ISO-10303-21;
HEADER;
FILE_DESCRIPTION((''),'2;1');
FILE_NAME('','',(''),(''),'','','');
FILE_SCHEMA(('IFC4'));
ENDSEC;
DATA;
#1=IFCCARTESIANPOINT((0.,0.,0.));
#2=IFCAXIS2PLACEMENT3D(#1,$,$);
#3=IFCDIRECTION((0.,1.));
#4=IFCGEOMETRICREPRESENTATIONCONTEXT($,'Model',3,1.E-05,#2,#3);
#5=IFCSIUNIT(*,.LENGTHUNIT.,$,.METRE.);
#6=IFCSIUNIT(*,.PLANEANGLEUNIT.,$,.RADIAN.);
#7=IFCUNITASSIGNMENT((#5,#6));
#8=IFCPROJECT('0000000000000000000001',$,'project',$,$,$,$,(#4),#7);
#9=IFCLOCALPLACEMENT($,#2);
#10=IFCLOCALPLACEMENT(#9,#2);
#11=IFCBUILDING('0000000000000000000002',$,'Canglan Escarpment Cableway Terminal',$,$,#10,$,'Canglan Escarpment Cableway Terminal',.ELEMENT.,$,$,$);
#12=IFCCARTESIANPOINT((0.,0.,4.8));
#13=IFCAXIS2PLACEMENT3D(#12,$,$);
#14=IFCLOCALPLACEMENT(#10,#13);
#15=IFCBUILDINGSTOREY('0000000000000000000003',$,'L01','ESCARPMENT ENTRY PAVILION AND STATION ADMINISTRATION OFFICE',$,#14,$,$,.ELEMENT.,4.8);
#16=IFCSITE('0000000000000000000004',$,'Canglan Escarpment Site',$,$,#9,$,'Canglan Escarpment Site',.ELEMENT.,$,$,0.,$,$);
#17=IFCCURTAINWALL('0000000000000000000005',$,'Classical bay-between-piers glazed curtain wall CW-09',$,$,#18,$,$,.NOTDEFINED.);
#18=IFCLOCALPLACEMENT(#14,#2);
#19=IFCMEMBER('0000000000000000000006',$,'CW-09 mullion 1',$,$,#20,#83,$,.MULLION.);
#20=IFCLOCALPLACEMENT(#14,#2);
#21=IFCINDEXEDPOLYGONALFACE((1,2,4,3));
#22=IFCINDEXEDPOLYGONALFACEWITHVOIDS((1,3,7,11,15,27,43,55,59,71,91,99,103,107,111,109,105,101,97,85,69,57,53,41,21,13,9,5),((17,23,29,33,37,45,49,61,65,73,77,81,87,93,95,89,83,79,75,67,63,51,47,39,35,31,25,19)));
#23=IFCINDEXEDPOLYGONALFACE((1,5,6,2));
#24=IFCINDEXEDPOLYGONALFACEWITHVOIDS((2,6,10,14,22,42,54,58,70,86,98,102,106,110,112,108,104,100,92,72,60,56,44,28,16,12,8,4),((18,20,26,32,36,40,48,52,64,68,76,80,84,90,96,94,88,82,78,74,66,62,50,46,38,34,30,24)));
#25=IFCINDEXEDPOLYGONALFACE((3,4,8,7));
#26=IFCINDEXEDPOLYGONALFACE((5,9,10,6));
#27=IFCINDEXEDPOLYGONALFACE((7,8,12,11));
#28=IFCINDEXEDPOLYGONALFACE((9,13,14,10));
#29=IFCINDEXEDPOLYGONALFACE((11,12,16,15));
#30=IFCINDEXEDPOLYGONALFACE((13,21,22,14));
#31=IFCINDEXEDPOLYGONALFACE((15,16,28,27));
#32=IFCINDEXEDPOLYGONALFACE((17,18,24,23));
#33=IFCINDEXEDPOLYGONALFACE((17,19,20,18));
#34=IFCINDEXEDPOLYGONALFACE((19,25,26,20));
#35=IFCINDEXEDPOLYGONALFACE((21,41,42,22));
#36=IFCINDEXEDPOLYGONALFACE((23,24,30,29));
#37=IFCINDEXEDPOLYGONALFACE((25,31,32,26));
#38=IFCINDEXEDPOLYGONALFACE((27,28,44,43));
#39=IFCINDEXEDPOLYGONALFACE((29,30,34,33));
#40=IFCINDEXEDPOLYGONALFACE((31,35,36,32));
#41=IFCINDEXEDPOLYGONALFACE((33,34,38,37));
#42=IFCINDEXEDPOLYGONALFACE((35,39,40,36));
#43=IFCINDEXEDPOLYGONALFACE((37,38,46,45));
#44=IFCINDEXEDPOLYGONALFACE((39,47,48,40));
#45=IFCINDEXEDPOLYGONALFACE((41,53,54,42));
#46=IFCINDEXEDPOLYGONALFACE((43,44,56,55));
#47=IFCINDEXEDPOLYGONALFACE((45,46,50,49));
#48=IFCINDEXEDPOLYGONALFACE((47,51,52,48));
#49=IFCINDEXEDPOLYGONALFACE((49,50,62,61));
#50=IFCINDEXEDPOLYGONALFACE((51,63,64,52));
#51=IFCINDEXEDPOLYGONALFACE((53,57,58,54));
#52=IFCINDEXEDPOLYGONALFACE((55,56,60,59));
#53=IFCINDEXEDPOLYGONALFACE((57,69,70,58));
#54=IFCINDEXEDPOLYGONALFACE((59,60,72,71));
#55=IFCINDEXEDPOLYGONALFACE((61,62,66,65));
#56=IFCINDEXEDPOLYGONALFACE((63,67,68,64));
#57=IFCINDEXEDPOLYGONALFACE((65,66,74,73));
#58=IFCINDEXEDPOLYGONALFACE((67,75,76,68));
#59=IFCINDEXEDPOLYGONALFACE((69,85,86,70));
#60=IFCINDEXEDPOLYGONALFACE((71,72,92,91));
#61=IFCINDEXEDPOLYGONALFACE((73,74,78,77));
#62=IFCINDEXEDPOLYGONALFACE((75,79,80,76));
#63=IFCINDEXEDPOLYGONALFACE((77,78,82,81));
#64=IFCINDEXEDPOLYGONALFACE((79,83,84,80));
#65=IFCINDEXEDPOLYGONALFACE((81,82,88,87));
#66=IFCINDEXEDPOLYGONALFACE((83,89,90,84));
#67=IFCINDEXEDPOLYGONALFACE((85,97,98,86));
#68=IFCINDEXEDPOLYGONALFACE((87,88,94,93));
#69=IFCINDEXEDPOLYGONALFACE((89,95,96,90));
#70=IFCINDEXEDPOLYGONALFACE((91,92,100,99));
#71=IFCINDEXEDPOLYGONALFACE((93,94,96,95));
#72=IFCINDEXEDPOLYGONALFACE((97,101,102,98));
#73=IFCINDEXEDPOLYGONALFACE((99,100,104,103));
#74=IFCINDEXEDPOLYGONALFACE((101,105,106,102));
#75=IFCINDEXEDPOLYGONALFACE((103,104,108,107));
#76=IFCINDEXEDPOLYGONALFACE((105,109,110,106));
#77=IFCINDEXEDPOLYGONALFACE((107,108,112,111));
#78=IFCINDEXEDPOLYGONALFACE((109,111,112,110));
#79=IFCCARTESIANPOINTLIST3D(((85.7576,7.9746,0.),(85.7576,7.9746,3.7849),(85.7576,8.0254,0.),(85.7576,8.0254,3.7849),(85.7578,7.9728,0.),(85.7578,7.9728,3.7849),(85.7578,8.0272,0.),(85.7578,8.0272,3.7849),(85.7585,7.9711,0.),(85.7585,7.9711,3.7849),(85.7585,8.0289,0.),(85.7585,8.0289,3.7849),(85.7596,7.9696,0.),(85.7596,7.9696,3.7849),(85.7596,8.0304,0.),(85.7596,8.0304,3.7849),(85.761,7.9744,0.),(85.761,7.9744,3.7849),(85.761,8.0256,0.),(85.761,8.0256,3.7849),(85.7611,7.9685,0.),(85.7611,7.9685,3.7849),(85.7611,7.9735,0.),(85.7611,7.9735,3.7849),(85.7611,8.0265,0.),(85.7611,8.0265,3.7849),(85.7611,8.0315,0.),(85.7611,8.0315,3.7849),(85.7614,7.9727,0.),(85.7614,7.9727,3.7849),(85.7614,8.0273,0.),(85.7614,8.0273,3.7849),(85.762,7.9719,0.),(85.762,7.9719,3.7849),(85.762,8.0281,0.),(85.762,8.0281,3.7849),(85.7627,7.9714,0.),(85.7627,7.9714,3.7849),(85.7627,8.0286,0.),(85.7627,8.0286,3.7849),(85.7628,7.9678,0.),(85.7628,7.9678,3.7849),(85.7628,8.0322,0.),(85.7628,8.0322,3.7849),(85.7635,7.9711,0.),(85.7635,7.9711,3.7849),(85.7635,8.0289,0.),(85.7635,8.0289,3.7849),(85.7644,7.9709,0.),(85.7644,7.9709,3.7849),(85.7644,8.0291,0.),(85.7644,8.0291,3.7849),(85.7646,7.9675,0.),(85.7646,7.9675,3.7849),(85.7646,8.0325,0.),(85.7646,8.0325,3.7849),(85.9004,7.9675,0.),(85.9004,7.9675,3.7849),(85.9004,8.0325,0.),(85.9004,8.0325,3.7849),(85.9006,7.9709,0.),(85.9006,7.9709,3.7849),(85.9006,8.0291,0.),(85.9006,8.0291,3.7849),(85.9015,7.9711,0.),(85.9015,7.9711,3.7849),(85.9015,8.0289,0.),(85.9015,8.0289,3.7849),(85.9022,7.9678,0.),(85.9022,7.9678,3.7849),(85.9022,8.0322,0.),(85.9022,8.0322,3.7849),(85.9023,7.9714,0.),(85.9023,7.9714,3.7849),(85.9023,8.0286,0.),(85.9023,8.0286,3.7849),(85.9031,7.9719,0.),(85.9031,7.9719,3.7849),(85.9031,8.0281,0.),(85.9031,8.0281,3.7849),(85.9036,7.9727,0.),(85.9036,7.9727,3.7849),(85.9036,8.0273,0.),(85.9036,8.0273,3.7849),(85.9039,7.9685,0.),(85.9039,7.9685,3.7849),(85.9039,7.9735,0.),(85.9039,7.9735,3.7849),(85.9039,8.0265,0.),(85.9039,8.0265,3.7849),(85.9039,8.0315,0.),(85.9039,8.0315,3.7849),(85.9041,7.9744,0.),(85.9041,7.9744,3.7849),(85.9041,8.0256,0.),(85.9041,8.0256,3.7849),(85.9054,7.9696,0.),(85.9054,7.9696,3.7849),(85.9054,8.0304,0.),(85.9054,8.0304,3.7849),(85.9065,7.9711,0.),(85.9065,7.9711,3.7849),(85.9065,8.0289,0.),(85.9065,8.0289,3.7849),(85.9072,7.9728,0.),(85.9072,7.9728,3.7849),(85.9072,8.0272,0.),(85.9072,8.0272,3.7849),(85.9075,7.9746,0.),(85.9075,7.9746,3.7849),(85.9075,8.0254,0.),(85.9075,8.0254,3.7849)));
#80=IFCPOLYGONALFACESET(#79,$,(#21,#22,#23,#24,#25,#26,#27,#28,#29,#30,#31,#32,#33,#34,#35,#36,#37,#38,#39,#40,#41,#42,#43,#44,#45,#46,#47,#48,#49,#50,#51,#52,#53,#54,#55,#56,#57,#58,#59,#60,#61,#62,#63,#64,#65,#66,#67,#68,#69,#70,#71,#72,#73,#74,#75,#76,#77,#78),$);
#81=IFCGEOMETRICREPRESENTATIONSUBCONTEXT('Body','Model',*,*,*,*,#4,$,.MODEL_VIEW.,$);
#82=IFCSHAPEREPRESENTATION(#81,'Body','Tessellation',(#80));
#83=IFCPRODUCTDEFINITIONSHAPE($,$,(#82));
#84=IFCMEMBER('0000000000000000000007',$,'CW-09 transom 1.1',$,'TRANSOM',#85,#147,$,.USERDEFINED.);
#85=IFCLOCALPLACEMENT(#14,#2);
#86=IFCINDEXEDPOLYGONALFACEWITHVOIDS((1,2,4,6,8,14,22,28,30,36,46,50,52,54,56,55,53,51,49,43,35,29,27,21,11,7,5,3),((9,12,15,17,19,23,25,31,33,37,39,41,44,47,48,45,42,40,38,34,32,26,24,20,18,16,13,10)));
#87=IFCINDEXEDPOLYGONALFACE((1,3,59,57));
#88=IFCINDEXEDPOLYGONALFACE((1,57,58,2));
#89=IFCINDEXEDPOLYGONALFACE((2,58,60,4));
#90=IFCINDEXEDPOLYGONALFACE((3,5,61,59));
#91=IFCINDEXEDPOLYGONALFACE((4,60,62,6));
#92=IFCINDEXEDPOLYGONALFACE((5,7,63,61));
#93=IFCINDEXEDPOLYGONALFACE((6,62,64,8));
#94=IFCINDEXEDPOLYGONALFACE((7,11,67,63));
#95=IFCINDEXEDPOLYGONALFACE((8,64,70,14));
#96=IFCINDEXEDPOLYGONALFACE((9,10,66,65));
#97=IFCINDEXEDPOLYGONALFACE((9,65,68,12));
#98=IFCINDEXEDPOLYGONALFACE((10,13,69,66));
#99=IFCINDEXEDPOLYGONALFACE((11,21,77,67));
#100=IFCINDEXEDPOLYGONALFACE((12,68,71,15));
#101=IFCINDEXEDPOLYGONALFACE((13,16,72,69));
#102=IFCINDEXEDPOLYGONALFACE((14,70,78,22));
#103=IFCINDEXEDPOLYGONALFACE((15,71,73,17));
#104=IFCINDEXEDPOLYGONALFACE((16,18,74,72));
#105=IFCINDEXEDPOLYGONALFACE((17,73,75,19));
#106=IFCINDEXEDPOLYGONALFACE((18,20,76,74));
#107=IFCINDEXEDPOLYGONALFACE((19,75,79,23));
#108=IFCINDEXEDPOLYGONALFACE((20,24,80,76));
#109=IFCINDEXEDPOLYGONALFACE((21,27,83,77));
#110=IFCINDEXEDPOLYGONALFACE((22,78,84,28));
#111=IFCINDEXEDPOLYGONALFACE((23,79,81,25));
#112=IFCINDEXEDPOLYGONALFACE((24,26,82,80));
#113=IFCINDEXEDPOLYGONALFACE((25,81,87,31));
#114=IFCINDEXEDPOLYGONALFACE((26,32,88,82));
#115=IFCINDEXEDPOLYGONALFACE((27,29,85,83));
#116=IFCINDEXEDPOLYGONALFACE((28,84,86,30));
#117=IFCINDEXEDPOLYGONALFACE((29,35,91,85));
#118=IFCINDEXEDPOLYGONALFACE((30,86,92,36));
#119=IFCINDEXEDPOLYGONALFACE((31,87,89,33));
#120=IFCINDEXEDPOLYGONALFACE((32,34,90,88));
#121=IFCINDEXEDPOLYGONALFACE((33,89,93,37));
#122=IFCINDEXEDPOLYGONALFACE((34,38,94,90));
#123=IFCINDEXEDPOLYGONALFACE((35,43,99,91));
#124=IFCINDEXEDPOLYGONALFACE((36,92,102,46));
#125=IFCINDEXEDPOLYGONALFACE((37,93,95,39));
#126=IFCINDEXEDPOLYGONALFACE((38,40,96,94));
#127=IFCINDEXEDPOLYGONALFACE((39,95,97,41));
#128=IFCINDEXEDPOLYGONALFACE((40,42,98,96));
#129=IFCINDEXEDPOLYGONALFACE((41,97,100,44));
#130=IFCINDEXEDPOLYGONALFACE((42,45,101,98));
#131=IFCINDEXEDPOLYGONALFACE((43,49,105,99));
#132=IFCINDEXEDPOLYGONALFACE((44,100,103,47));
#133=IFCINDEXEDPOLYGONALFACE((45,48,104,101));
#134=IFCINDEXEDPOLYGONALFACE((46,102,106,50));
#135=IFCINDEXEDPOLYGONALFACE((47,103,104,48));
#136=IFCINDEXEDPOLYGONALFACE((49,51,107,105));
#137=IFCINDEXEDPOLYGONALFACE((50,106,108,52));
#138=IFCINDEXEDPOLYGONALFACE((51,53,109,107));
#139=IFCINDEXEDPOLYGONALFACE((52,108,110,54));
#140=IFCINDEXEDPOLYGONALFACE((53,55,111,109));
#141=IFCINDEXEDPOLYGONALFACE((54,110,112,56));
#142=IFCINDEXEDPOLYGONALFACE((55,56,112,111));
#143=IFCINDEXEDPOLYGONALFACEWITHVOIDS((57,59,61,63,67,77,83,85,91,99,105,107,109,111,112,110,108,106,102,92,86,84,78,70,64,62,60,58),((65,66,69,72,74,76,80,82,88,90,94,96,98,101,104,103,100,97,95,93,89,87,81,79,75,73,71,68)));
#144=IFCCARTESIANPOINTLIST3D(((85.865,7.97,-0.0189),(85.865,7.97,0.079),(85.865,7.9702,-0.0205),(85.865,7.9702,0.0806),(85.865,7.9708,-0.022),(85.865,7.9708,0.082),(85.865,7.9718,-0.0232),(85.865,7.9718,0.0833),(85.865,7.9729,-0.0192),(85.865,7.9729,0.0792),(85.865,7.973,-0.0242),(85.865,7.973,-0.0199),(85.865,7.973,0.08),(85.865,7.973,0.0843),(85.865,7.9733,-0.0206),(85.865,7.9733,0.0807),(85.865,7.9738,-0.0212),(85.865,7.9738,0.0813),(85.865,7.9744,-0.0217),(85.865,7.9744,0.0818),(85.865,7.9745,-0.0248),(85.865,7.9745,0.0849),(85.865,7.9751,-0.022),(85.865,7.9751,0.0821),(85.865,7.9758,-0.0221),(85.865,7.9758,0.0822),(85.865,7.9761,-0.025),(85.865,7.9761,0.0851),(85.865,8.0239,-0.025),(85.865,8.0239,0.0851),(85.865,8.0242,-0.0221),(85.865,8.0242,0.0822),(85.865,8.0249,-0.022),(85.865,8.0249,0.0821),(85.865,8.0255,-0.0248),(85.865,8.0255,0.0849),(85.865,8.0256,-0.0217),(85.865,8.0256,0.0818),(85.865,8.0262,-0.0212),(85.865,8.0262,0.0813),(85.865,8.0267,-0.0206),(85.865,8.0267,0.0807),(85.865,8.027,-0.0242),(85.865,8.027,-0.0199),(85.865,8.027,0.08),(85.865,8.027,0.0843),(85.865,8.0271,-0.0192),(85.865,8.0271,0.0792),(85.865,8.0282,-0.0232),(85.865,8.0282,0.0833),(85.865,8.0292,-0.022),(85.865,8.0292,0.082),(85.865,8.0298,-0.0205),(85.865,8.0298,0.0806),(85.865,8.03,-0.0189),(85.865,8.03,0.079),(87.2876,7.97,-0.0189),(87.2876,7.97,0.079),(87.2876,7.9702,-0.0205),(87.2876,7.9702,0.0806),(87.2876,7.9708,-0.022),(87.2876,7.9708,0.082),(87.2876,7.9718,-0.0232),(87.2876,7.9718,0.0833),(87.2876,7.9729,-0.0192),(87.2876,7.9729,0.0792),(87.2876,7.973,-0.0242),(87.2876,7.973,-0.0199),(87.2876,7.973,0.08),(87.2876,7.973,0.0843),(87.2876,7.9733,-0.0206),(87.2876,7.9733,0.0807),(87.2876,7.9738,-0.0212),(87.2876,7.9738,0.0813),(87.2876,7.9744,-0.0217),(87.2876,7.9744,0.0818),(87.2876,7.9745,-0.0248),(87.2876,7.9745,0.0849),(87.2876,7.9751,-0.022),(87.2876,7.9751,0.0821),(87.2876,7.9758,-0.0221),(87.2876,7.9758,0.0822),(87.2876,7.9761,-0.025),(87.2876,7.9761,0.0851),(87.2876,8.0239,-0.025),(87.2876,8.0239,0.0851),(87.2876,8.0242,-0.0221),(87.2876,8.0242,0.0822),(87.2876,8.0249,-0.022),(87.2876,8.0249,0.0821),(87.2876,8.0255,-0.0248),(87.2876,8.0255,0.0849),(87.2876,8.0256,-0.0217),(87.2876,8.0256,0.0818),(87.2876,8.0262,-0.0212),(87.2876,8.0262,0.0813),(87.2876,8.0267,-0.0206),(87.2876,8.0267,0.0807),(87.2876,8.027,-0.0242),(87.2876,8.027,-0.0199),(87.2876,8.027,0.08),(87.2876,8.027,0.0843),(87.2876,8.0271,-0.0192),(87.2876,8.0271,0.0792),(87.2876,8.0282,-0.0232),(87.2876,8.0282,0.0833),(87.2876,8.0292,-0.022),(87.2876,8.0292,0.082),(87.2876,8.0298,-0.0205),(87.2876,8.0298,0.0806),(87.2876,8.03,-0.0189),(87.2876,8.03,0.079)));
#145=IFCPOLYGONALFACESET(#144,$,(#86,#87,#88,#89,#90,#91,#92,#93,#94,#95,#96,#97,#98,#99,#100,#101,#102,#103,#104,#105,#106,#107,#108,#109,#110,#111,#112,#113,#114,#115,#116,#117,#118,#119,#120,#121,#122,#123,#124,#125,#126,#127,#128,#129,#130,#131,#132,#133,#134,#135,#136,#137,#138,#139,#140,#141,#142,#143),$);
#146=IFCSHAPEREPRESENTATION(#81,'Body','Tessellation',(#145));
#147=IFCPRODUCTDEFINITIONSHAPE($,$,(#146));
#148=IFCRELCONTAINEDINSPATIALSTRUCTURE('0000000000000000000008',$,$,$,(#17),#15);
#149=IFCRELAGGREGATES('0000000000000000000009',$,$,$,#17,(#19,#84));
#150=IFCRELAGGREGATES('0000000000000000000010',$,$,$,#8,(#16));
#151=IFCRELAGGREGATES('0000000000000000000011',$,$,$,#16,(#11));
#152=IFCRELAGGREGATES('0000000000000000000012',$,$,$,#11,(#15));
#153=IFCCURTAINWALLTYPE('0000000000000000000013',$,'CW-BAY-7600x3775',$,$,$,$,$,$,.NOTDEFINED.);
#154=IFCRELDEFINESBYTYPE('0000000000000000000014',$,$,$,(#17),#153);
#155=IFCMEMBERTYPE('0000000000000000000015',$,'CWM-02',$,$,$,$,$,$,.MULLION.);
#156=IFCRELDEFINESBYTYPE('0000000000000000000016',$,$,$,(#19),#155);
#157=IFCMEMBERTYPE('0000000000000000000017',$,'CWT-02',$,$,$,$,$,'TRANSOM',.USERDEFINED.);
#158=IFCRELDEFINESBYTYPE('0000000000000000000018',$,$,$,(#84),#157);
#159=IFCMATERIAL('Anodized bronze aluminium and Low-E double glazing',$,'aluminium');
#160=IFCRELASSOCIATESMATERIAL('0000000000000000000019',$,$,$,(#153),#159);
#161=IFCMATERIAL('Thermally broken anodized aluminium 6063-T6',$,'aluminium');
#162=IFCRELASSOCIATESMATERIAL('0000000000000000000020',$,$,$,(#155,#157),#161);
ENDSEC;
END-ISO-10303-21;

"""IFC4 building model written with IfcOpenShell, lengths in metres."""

from ifc_helpers import new_model, si_unit, direction, frame, origin, origin_2d, place, context, subcontext, project, spatial, hollow_rectangle, extrude, material, material_profile, profile_set, type_object, element, aggregate, save


model = new_model("IFC4")

# Units and contexts
model_context = context("Model", 3, precision=1e-05, world=origin(), true_north=direction((0.0, 1.0)))
body_context = subcontext(model_context, "Body", "Model", "MODEL_VIEW")
ifc_project = project(units=[si_unit("LENGTHUNIT", "METRE"), si_unit("PLANEANGLEUNIT", "RADIAN")], contexts=[model_context])

# Site, building, storey
site_placement = place(None, origin())
site = spatial("IfcSite", under=ifc_project, at=site_placement, Name="Canglan Escarpment Site", LongName="Canglan Escarpment Site", CompositionType="ELEMENT", RefElevation=0.0)
building_placement = place(site_placement, origin())
building = spatial("IfcBuilding", under=site, at=building_placement, Name="Canglan Escarpment Cableway Terminal", LongName="Canglan Escarpment Cableway Terminal", CompositionType="ELEMENT")
storey_placement = place(building_placement, frame((0.0, 0.0, 4.8)))
storey = spatial("IfcBuildingStorey", under=building, at=storey_placement, Name="L01", Description="ESCARPMENT ENTRY PAVILION AND STATION ADMINISTRATION OFFICE", CompositionType="ELEMENT", Elevation=4.8)

# Curtain wall, members
ifc_material_1 = material(Name="Anodized bronze aluminium and Low-E double glazing", Category="aluminium")
curtain_wall_type = type_object("IfcCurtainWallType", Name="CW-BAY-7600x3775", PredefinedType="NOTDEFINED", material=ifc_material_1)
curtain_wall_placement = place(storey_placement, origin())
curtain_wall = element("IfcCurtainWall", 1, at=curtain_wall_placement, inside=storey, type_object=curtain_wall_type, Name="Classical bay-between-piers glazed curtain wall CW-09", PredefinedType="NOTDEFINED")
ifc_material_2 = material(Name="Thermally broken anodized aluminium 6063-T6", Category="aluminium")
ifc_material_profile_1 = material_profile(ifc_material_2, hollow_rectangle(XDim=0.0649, YDim=0.1499, WallThickness=0.0034, InnerFilletRadius=0.0034, OuterFilletRadius=0.0071, at=origin_2d()), Name="ALU-MULL 65x150x3.5")
ifc_profile_set_1 = profile_set([ifc_material_profile_1], Name="Thermally broken anodized aluminium 6063-T6")
member_type_1 = type_object("IfcMemberType", Name="CWM-02", PredefinedType="MULLION", material=ifc_profile_set_1)
member_1_placement = place(storey_placement, frame((85.8325, 8.0, 0.0), z_axis=(0.0, 0.0, 1.0), x_axis=(0.0, 1.0, 0.0)))
member_1 = element("IfcMember", 2, at=member_1_placement, type_object=member_type_1, Name="CW-09 mullion 1", PredefinedType="MULLION", context=body_context, shape_type="SweptSolid", body=[
    extrude(hollow_rectangle(XDim=0.0649, YDim=0.1499, WallThickness=0.0034, InnerFilletRadius=0.0034, OuterFilletRadius=0.0071, at=origin_2d()), origin(), (0.0, 0.0, 1.0), 3.7849),
])
ifc_material_profile_2 = material_profile(ifc_material_2, hollow_rectangle(XDim=0.0601, YDim=0.1101, WallThickness=0.0029, InnerFilletRadius=0.0029, OuterFilletRadius=0.0061, at=origin_2d()), Name="ALU-TRAN 60x110x3")
ifc_profile_set_2 = profile_set([ifc_material_profile_2], Name="Thermally broken anodized aluminium 6063-T6")
member_type_2 = type_object("IfcMemberType", Name="CWT-02", ElementType="TRANSOM", PredefinedType="USERDEFINED", material=ifc_profile_set_2)
member_2_placement = place(storey_placement, frame((85.865, 8.0, 0.03), z_axis=(1.0, 0.0, 0.0), x_axis=(0.0, 1.0, 0.0)))
member_2 = element("IfcMember", 3, at=member_2_placement, type_object=member_type_2, Name="CW-09 transom 1.1", ObjectType="TRANSOM", PredefinedType="USERDEFINED", context=body_context, shape_type="SweptSolid", body=[
    extrude(hollow_rectangle(XDim=0.0601, YDim=0.1101, WallThickness=0.0029, InnerFilletRadius=0.0029, OuterFilletRadius=0.0061, at=origin_2d()), origin(), (0.0, 0.0, 1.0), 1.4226),
])

aggregate(curtain_wall, [member_1, member_2])

save(model, "model.ifc")
